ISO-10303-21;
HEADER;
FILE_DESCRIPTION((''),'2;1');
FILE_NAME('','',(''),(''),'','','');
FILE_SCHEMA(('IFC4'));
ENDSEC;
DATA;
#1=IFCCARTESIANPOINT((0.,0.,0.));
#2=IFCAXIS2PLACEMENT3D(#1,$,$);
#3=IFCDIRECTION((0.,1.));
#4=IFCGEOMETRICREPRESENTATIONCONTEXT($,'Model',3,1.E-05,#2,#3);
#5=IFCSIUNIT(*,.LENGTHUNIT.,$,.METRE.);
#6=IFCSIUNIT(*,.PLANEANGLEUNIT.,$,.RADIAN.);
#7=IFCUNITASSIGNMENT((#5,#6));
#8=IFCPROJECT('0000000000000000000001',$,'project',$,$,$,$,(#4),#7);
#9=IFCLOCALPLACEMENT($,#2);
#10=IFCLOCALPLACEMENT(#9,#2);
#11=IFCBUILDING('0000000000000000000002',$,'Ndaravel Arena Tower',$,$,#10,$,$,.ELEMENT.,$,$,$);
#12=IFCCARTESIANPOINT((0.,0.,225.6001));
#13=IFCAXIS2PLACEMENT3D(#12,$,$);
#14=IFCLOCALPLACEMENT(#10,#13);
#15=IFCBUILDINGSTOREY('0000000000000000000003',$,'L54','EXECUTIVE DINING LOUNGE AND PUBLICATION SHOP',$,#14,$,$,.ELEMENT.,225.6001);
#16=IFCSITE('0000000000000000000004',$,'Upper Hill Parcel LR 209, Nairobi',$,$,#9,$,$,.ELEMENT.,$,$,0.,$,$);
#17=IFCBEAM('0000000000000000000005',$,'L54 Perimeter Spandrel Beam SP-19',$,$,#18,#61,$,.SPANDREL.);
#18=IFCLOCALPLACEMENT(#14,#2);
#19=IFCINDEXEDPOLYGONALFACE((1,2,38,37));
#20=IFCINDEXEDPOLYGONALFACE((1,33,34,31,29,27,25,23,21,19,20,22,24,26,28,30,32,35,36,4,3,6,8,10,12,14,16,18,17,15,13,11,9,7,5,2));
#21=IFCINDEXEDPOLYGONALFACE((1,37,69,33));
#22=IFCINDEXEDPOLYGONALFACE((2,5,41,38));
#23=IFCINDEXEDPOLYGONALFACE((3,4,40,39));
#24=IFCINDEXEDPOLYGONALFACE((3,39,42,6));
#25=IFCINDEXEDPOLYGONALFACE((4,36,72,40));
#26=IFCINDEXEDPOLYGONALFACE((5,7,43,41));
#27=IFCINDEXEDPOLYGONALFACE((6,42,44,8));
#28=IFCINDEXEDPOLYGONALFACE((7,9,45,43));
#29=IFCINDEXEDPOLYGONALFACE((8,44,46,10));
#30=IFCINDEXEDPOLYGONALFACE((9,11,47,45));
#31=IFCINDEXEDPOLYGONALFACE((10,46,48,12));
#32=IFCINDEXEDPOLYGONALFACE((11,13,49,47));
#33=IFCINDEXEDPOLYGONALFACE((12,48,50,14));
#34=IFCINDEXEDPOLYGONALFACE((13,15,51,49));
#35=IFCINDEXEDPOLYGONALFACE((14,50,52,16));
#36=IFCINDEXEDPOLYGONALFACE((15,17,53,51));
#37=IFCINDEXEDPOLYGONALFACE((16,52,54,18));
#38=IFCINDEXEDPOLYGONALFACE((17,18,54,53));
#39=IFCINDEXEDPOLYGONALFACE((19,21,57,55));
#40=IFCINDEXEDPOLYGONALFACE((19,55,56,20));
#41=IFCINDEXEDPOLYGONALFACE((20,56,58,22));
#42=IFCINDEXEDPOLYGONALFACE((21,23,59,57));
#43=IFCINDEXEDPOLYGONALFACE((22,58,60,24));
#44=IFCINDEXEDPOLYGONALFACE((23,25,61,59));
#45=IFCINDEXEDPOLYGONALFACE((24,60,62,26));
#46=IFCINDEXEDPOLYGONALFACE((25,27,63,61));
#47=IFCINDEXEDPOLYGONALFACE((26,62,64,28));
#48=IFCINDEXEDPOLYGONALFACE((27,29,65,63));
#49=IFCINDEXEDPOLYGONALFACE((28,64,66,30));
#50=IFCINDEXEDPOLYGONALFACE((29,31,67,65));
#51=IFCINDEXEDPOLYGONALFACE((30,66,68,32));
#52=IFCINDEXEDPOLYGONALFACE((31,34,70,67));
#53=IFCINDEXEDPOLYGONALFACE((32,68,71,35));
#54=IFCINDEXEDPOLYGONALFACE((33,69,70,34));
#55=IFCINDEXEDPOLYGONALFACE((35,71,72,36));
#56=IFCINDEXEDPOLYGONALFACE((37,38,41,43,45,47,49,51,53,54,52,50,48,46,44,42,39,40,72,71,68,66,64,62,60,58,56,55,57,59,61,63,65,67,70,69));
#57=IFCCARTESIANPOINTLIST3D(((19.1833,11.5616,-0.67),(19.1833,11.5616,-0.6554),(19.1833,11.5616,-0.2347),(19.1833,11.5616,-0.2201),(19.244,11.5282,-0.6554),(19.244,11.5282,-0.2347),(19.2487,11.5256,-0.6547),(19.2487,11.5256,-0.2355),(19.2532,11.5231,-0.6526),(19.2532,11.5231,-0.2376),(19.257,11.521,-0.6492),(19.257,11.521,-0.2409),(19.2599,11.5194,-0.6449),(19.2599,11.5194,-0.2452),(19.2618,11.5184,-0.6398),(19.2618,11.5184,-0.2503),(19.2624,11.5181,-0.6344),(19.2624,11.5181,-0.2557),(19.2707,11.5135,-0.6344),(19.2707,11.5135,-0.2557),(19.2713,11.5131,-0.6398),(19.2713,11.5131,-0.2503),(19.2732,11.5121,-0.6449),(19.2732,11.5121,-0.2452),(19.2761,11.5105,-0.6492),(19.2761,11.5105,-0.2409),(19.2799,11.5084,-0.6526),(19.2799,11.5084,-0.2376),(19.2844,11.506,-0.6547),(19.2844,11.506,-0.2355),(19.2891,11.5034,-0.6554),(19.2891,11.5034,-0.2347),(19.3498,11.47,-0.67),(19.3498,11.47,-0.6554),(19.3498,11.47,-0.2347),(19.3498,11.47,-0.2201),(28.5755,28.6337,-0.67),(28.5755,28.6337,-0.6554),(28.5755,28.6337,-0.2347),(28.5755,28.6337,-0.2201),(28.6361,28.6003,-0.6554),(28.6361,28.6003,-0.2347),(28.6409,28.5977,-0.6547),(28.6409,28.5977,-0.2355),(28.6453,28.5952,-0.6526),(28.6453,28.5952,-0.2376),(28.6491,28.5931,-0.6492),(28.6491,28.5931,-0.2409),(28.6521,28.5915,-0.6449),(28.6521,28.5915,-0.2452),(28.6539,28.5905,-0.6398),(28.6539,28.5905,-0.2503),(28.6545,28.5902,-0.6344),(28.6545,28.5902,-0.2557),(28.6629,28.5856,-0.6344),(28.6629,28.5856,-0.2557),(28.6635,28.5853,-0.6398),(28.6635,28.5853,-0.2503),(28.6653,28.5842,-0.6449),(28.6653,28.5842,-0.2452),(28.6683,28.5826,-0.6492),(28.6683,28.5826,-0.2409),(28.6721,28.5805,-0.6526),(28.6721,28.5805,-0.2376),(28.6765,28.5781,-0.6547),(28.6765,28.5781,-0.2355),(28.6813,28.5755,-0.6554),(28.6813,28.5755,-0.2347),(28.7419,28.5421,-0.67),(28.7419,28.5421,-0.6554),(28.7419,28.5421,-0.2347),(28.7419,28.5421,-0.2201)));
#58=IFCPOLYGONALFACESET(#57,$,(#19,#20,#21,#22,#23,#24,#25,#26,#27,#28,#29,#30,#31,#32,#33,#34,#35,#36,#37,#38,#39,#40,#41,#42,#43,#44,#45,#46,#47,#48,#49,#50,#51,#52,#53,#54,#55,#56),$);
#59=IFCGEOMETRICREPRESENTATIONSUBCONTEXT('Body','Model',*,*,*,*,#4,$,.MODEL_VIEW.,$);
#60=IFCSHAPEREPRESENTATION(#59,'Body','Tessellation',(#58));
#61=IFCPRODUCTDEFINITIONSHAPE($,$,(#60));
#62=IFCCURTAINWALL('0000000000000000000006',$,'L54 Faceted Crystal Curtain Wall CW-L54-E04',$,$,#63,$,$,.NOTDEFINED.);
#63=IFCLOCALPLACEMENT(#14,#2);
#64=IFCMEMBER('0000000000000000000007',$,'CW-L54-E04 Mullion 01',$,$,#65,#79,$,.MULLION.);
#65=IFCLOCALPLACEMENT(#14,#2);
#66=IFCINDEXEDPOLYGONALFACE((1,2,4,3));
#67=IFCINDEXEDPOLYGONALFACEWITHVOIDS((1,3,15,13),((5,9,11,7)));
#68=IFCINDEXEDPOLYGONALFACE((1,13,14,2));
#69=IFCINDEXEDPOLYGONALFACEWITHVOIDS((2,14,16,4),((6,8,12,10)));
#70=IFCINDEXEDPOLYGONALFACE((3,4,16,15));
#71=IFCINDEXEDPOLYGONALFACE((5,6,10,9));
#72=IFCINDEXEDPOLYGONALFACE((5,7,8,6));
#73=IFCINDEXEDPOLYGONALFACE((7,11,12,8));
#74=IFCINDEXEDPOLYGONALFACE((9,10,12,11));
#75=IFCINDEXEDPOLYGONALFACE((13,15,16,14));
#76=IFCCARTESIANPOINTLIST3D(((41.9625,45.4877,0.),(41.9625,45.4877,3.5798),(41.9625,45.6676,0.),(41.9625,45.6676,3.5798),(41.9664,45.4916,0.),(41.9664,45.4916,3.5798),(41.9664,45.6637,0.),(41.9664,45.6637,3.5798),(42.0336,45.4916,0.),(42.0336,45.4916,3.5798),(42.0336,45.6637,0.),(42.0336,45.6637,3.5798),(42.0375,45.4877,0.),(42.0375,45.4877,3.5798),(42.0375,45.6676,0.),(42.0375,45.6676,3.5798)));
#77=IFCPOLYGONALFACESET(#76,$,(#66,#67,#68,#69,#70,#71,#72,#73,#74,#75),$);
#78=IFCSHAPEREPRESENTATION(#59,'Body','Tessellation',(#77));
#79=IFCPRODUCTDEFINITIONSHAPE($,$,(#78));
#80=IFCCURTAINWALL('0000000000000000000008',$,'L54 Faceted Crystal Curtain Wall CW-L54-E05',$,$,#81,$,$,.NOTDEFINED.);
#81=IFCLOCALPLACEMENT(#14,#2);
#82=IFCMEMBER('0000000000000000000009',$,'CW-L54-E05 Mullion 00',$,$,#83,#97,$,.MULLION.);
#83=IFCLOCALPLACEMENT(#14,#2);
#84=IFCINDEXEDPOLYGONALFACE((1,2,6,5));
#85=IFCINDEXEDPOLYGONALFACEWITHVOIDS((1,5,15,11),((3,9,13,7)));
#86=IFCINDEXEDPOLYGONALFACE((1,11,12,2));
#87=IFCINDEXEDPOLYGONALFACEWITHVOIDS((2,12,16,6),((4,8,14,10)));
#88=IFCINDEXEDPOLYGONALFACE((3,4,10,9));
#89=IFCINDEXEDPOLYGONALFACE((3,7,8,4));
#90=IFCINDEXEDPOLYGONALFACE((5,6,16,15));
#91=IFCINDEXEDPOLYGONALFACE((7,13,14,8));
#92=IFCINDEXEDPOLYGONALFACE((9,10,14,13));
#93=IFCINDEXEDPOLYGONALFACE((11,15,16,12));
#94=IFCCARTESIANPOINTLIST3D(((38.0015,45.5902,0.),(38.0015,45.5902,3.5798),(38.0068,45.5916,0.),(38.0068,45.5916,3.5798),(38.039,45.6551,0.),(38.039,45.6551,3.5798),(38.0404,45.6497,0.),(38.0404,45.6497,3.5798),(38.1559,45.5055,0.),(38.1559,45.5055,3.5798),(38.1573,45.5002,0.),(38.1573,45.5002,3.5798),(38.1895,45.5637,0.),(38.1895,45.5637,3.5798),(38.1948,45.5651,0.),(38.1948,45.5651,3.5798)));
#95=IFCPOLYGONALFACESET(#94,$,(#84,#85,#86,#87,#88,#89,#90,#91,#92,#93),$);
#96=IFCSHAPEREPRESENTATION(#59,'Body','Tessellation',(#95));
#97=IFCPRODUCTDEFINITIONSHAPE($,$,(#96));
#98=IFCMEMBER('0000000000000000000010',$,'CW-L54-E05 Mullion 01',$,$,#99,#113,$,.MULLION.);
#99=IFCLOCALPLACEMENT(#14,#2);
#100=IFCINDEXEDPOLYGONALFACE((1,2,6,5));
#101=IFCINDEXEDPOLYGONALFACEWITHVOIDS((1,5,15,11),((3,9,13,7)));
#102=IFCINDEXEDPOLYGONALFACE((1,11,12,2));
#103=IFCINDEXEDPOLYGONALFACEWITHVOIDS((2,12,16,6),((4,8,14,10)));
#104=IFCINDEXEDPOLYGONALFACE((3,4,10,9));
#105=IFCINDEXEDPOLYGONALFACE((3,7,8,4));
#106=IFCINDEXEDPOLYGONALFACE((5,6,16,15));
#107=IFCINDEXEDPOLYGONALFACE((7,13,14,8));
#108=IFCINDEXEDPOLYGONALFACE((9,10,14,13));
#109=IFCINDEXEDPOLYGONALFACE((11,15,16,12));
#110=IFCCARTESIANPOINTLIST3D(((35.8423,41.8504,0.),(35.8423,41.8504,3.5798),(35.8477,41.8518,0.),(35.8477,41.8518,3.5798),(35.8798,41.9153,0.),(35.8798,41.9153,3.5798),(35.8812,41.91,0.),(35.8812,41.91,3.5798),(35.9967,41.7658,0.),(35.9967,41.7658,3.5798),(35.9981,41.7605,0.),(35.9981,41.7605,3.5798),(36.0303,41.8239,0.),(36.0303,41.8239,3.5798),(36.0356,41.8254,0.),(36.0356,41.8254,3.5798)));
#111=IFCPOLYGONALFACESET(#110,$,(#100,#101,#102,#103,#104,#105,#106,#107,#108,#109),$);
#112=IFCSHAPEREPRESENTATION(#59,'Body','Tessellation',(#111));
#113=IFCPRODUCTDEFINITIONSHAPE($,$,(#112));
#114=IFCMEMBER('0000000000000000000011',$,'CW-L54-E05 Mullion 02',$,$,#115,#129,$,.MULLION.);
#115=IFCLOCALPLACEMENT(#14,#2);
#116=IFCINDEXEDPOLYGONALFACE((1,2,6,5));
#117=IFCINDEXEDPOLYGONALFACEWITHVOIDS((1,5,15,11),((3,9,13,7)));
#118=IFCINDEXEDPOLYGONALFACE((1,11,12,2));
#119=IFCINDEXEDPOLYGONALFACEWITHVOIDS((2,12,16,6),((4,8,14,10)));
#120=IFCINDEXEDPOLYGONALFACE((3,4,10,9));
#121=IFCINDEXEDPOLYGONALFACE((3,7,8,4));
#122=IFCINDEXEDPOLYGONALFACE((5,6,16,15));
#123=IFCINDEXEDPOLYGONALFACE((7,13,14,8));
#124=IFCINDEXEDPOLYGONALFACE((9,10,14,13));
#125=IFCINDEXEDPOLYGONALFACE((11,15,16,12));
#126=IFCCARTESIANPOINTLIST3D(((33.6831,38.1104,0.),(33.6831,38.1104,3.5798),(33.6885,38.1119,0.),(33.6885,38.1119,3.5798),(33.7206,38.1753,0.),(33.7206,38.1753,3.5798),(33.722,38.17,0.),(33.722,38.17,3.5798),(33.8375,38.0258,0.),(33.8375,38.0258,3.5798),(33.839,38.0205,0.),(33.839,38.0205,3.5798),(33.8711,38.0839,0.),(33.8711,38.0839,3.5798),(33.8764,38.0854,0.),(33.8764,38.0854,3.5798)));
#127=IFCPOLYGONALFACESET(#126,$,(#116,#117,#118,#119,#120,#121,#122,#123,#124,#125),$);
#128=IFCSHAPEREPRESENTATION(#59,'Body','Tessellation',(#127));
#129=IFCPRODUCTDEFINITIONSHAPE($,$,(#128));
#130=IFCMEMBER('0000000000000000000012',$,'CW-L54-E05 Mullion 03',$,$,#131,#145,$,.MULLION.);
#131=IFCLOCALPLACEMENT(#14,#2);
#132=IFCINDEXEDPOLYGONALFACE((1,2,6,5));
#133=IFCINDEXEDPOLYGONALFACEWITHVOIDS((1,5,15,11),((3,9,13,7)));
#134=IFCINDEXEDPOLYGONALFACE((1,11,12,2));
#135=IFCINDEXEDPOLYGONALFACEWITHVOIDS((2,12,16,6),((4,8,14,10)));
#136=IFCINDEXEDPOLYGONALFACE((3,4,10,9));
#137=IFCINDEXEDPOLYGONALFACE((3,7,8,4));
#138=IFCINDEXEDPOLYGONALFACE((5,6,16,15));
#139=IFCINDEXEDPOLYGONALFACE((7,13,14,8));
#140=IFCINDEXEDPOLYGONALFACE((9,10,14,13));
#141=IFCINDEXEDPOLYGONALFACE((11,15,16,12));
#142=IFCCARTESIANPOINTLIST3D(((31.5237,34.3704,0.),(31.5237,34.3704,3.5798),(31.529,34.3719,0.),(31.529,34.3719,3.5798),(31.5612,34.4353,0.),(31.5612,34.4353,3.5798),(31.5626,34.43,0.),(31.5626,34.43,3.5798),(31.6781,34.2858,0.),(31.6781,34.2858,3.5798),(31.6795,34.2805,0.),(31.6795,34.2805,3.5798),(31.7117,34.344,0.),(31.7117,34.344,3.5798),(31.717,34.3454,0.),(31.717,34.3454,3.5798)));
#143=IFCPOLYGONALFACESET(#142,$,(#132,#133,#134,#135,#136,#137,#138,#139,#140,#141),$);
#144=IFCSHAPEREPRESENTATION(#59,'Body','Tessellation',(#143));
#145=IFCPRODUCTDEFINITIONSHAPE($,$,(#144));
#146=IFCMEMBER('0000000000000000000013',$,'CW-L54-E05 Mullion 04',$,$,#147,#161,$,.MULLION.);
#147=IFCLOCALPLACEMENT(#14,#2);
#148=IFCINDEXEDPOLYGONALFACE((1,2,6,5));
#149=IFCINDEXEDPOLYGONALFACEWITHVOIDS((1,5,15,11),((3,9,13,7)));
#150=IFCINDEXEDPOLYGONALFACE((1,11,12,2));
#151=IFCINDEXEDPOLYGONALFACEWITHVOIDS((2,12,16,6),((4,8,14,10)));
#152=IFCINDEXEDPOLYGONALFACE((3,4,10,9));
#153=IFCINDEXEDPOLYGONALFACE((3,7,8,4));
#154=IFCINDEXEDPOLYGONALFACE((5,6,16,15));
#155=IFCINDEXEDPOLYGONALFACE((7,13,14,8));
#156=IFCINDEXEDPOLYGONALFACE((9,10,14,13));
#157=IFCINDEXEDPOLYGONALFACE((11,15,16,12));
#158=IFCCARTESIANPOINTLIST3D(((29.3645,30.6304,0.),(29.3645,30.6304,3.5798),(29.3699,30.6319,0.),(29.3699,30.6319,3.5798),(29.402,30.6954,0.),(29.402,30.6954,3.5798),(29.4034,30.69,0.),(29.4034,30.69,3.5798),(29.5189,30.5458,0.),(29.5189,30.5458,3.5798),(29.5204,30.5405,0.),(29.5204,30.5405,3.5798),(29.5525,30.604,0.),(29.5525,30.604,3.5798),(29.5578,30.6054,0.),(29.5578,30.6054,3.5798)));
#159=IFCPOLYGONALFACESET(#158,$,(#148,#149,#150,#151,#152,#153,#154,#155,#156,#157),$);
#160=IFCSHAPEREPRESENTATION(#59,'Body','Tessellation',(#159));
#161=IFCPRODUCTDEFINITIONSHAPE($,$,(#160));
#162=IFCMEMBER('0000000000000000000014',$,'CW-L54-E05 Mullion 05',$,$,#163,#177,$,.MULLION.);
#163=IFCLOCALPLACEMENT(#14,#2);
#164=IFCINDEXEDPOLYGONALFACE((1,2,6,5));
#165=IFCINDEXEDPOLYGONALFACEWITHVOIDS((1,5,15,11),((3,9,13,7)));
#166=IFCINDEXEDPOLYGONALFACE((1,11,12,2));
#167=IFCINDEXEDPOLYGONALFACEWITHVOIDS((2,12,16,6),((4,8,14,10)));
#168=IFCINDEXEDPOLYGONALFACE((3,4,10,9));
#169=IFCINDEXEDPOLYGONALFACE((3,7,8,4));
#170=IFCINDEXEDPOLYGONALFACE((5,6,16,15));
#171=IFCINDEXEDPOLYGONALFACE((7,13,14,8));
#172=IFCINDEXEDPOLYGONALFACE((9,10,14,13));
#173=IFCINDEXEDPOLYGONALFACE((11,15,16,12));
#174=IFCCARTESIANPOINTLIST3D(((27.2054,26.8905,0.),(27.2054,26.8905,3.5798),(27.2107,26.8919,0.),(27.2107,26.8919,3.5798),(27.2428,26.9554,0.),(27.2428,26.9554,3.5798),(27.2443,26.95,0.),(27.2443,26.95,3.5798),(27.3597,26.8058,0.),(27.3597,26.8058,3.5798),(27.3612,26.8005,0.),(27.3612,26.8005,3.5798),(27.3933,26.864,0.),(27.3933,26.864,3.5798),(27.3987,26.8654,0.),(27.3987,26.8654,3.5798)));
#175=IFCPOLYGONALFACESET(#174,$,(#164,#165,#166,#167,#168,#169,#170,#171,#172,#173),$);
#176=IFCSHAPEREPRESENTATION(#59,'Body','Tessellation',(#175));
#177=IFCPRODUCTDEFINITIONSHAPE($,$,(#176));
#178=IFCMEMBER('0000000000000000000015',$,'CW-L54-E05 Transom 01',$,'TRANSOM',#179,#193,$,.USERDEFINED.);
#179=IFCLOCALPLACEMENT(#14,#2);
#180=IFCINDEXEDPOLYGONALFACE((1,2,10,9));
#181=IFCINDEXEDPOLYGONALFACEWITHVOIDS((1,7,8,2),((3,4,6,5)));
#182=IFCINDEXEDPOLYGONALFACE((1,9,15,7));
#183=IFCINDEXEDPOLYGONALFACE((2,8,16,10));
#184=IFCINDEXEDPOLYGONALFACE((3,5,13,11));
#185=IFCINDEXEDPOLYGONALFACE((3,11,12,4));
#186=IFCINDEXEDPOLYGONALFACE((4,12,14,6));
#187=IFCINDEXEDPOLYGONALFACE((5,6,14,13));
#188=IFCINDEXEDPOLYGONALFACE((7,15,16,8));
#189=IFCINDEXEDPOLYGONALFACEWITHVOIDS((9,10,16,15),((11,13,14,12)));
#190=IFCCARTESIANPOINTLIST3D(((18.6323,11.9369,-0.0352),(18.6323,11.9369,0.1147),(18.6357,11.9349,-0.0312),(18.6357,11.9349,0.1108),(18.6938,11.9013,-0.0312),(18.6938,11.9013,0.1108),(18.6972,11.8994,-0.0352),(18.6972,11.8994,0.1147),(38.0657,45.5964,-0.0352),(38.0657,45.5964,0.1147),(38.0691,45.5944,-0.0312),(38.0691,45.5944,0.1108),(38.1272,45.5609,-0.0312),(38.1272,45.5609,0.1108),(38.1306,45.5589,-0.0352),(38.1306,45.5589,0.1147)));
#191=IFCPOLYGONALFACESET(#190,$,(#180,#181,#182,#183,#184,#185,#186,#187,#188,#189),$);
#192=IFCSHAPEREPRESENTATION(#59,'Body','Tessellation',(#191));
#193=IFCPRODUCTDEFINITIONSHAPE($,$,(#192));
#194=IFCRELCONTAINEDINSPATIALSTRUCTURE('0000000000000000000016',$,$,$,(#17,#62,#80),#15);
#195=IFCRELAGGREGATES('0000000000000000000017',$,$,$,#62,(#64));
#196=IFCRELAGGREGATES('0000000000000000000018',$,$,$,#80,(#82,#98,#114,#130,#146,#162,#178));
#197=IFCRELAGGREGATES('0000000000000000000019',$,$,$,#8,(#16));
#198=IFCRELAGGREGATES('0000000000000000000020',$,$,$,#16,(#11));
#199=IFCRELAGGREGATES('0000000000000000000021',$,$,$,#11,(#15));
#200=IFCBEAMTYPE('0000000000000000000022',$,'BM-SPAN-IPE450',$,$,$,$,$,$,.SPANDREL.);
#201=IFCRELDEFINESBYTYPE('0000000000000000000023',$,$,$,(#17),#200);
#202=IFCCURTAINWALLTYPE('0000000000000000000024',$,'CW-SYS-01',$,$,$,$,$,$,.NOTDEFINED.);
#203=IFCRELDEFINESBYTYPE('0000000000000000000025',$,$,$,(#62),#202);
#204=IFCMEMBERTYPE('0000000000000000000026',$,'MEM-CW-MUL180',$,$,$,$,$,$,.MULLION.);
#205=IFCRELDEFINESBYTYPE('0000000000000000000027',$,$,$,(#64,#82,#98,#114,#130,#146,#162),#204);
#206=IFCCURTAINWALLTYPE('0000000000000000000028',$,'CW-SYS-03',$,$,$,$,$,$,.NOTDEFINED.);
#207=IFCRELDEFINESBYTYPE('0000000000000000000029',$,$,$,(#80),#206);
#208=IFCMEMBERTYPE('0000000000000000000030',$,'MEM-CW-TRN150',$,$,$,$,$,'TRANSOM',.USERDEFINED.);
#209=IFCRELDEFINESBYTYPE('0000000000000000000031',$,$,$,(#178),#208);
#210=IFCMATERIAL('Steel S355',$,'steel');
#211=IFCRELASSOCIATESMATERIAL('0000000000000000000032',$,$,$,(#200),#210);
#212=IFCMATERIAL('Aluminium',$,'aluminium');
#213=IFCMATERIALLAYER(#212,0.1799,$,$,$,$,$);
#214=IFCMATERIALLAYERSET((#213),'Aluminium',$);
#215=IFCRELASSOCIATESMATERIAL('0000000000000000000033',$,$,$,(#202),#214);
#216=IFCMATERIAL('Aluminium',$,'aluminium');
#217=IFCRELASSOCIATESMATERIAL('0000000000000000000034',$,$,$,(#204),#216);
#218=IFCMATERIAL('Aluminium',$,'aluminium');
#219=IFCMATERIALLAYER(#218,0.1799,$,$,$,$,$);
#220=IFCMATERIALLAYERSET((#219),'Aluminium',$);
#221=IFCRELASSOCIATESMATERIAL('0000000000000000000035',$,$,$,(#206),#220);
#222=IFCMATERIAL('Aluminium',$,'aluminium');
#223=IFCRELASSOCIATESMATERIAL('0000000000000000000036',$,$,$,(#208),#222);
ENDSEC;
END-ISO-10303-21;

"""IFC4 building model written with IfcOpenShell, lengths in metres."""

from ifc_helpers import new_model, si_unit, direction, frame, origin, origin_2d, place, context, subcontext, project, spatial, hollow_rectangle, i_section, extrude, material, layer, layer_set, material_profile, profile_set, type_object, element, aggregate, save


model = new_model("IFC4")

# Units and contexts
model_context = context("Model", 3, precision=1e-05, world=origin(), true_north=direction((0.0, 1.0)))
body_context = subcontext(model_context, "Body", "Model", "MODEL_VIEW")
ifc_project = project(units=[si_unit("LENGTHUNIT", "METRE"), si_unit("PLANEANGLEUNIT", "RADIAN")], contexts=[model_context])

# Site, building, storey
site_placement = place(None, origin())
site = spatial("IfcSite", under=ifc_project, at=site_placement, Name="Upper Hill Parcel LR 209, Nairobi", CompositionType="ELEMENT", RefElevation=0.0)
building_placement = place(site_placement, origin())
building = spatial("IfcBuilding", under=site, at=building_placement, Name="Ndaravel Arena Tower", CompositionType="ELEMENT")
storey_placement = place(building_placement, frame((0.0, 0.0, 225.6001)))
storey = spatial("IfcBuildingStorey", under=building, at=storey_placement, Name="L54", Description="EXECUTIVE DINING LOUNGE AND PUBLICATION SHOP", CompositionType="ELEMENT", Elevation=225.6001)

# Beam
ifc_material_1 = material(Name="Steel S355", Category="steel")
ifc_material_profile_1 = material_profile(ifc_material_1, i_section(OverallWidth=0.1899, OverallDepth=0.45, WebThickness=0.0095, FlangeThickness=0.0146, FilletRadius=0.021, at=origin_2d()), Name="IPE 450")
ifc_profile_set_1 = profile_set([ifc_material_profile_1], Name="Steel S355")
beam_type_1 = type_object("IfcBeamType", Name="BM-SPAN-IPE450", PredefinedType="SPANDREL", material=ifc_profile_set_1)
for number, where, z_axis, x_axis, name in (
    (1, (28.6587, 28.5879, -0.4451), (-0.482016, -0.876162, 0.0), (0.876162, -0.482016, 0.0), "L54 Perimeter Spandrel Beam SP-19"),
):
    element("IfcBeam", number, at=place(storey_placement, frame(where, z_axis=z_axis, x_axis=x_axis)), inside=storey, type_object=beam_type_1, Name=name, PredefinedType="SPANDREL", context=body_context, shape_type="SweptSolid", body=[
        extrude(i_section(OverallWidth=0.1899, OverallDepth=0.45, WebThickness=0.0095, FlangeThickness=0.0146, FilletRadius=0.021, at=origin_2d()), origin(), (0.0, 0.0, 1.0), 19.4851),
    ])

# Curtain wall, member
ifc_material_2 = material(Name="Aluminium", Category="aluminium")
ifc_layer_1 = layer(ifc_material_2, 0.1799)
ifc_layer_set_1 = layer_set([ifc_layer_1], Name="Aluminium")
curtain_wall_type_1 = type_object("IfcCurtainWallType", Name="CW-SYS-01", PredefinedType="NOTDEFINED", material=ifc_layer_set_1)
curtain_wall_1_placement = place(storey_placement, origin())
curtain_wall_1 = element("IfcCurtainWall", 2, at=curtain_wall_1_placement, inside=storey, type_object=curtain_wall_type_1, Name="L54 Faceted Crystal Curtain Wall CW-L54-E04", PredefinedType="NOTDEFINED")
ifc_material_3 = material(Name="Aluminium", Category="aluminium")
ifc_material_profile_2 = material_profile(ifc_material_3, hollow_rectangle(XDim=0.075, YDim=0.1799, WallThickness=0.0039, at=origin_2d()), Name="CW MULLION 75x180x4")
ifc_profile_set_2 = profile_set([ifc_material_profile_2], Name="Aluminium")
member_type_1 = type_object("IfcMemberType", Name="MEM-CW-MUL180", PredefinedType="MULLION", material=ifc_profile_set_2)
member_1_placement = place(storey_placement, frame((42.0, 45.5776, 0.0), z_axis=(0.0, 0.0, 1.0), x_axis=(-1.0, 0.0, 0.0)))
member_1 = element("IfcMember", 3, at=member_1_placement, type_object=member_type_1, Name="CW-L54-E04 Mullion 01", PredefinedType="MULLION", context=body_context, shape_type="SweptSolid", body=[
    extrude(hollow_rectangle(XDim=0.075, YDim=0.1799, WallThickness=0.0039, at=origin_2d()), origin(), (0.0, 0.0, 1.0), 3.5798),
])

# Curtain wall, members
ifc_material_4 = material(Name="Aluminium", Category="aluminium")
ifc_layer_2 = layer(ifc_material_4, 0.1799)
ifc_layer_set_2 = layer_set([ifc_layer_2], Name="Aluminium")
curtain_wall_type_2 = type_object("IfcCurtainWallType", Name="CW-SYS-03", PredefinedType="NOTDEFINED", material=ifc_layer_set_2)
curtain_wall_2_placement = place(storey_placement, origin())
curtain_wall_2 = element("IfcCurtainWall", 4, at=curtain_wall_2_placement, inside=storey, type_object=curtain_wall_type_2, Name="L54 Faceted Crystal Curtain Wall CW-L54-E05", PredefinedType="NOTDEFINED")
member_2_placement = place(storey_placement, frame((38.0981, 45.5776, 0.0), z_axis=(0.0, 0.0, 1.0), x_axis=(-0.5, -0.866025, 0.0)))
member_2 = element("IfcMember", 5, at=member_2_placement, type_object=member_type_1, Name="CW-L54-E05 Mullion 00", PredefinedType="MULLION", context=body_context, shape_type="SweptSolid", body=[
    extrude(hollow_rectangle(XDim=0.075, YDim=0.1799, WallThickness=0.0039, at=origin_2d()), origin(), (0.0, 0.0, 1.0), 3.5798),
])
member_3_placement = place(storey_placement, frame((35.939, 41.8379, 0.0), z_axis=(0.0, 0.0, 1.0), x_axis=(-0.5, -0.866025, 0.0)))
member_3 = element("IfcMember", 6, at=member_3_placement, type_object=member_type_1, Name="CW-L54-E05 Mullion 01", PredefinedType="MULLION", context=body_context, shape_type="SweptSolid", body=[
    extrude(hollow_rectangle(XDim=0.075, YDim=0.1799, WallThickness=0.0039, at=origin_2d()), origin(), (0.0, 0.0, 1.0), 3.5798),
])
member_4_placement = place(storey_placement, frame((33.7798, 38.0979, 0.0), z_axis=(0.0, 0.0, 1.0), x_axis=(-0.5, -0.866025, 0.0)))
member_4 = element("IfcMember", 7, at=member_4_placement, type_object=member_type_1, Name="CW-L54-E05 Mullion 02", PredefinedType="MULLION", context=body_context, shape_type="SweptSolid", body=[
    extrude(hollow_rectangle(XDim=0.075, YDim=0.1799, WallThickness=0.0039, at=origin_2d()), origin(), (0.0, 0.0, 1.0), 3.5798),
])
member_5_placement = place(storey_placement, frame((31.6204, 34.3579, 0.0), z_axis=(0.0, 0.0, 1.0), x_axis=(-0.5, -0.866025, 0.0)))
member_5 = element("IfcMember", 8, at=member_5_placement, type_object=member_type_1, Name="CW-L54-E05 Mullion 03", PredefinedType="MULLION", context=body_context, shape_type="SweptSolid", body=[
    extrude(hollow_rectangle(XDim=0.075, YDim=0.1799, WallThickness=0.0039, at=origin_2d()), origin(), (0.0, 0.0, 1.0), 3.5798),
])
member_6_placement = place(storey_placement, frame((29.4612, 30.6179, 0.0), z_axis=(0.0, 0.0, 1.0), x_axis=(-0.5, -0.866025, 0.0)))
member_6 = element("IfcMember", 9, at=member_6_placement, type_object=member_type_1, Name="CW-L54-E05 Mullion 04", PredefinedType="MULLION", context=body_context, shape_type="SweptSolid", body=[
    extrude(hollow_rectangle(XDim=0.075, YDim=0.1799, WallThickness=0.0039, at=origin_2d()), origin(), (0.0, 0.0, 1.0), 3.5798),
])
member_7_placement = place(storey_placement, frame((27.302, 26.8779, 0.0), z_axis=(0.0, 0.0, 1.0), x_axis=(-0.5, -0.866025, 0.0)))
member_7 = element("IfcMember", 10, at=member_7_placement, type_object=member_type_1, Name="CW-L54-E05 Mullion 05", PredefinedType="MULLION", context=body_context, shape_type="SweptSolid", body=[
    extrude(hollow_rectangle(XDim=0.075, YDim=0.1799, WallThickness=0.0039, at=origin_2d()), origin(), (0.0, 0.0, 1.0), 3.5798),
])
ifc_material_5 = material(Name="Aluminium", Category="aluminium")
ifc_material_profile_3 = material_profile(ifc_material_5, hollow_rectangle(XDim=0.075, YDim=0.1499, WallThickness=0.0039, at=origin_2d()), Name="CW TRANSOM 75x150x4")
ifc_profile_set_3 = profile_set([ifc_material_profile_3], Name="Aluminium")
member_type_2 = type_object("IfcMemberType", Name="MEM-CW-TRN150", ElementType="TRANSOM", PredefinedType="USERDEFINED", material=ifc_profile_set_3)
member_8_placement = place(storey_placement, frame((38.0981, 45.5776, 0.0398), z_axis=(-0.500001, -0.866025, 0.0), x_axis=(0.866025, -0.500001, 0.0)))
member_8 = element("IfcMember", 11, at=member_8_placement, type_object=member_type_2, Name="CW-L54-E05 Transom 01", ObjectType="TRANSOM", PredefinedType="USERDEFINED", context=body_context, shape_type="SweptSolid", body=[
    extrude(hollow_rectangle(XDim=0.075, YDim=0.1499, WallThickness=0.0039, at=origin_2d()), origin(), (0.0, 0.0, 1.0), 38.8667),
])

aggregate(curtain_wall_1, [member_1])
aggregate(curtain_wall_2, [member_2, member_3, member_4, member_5, member_6, member_7, member_8])

save(model, "model.ifc")
